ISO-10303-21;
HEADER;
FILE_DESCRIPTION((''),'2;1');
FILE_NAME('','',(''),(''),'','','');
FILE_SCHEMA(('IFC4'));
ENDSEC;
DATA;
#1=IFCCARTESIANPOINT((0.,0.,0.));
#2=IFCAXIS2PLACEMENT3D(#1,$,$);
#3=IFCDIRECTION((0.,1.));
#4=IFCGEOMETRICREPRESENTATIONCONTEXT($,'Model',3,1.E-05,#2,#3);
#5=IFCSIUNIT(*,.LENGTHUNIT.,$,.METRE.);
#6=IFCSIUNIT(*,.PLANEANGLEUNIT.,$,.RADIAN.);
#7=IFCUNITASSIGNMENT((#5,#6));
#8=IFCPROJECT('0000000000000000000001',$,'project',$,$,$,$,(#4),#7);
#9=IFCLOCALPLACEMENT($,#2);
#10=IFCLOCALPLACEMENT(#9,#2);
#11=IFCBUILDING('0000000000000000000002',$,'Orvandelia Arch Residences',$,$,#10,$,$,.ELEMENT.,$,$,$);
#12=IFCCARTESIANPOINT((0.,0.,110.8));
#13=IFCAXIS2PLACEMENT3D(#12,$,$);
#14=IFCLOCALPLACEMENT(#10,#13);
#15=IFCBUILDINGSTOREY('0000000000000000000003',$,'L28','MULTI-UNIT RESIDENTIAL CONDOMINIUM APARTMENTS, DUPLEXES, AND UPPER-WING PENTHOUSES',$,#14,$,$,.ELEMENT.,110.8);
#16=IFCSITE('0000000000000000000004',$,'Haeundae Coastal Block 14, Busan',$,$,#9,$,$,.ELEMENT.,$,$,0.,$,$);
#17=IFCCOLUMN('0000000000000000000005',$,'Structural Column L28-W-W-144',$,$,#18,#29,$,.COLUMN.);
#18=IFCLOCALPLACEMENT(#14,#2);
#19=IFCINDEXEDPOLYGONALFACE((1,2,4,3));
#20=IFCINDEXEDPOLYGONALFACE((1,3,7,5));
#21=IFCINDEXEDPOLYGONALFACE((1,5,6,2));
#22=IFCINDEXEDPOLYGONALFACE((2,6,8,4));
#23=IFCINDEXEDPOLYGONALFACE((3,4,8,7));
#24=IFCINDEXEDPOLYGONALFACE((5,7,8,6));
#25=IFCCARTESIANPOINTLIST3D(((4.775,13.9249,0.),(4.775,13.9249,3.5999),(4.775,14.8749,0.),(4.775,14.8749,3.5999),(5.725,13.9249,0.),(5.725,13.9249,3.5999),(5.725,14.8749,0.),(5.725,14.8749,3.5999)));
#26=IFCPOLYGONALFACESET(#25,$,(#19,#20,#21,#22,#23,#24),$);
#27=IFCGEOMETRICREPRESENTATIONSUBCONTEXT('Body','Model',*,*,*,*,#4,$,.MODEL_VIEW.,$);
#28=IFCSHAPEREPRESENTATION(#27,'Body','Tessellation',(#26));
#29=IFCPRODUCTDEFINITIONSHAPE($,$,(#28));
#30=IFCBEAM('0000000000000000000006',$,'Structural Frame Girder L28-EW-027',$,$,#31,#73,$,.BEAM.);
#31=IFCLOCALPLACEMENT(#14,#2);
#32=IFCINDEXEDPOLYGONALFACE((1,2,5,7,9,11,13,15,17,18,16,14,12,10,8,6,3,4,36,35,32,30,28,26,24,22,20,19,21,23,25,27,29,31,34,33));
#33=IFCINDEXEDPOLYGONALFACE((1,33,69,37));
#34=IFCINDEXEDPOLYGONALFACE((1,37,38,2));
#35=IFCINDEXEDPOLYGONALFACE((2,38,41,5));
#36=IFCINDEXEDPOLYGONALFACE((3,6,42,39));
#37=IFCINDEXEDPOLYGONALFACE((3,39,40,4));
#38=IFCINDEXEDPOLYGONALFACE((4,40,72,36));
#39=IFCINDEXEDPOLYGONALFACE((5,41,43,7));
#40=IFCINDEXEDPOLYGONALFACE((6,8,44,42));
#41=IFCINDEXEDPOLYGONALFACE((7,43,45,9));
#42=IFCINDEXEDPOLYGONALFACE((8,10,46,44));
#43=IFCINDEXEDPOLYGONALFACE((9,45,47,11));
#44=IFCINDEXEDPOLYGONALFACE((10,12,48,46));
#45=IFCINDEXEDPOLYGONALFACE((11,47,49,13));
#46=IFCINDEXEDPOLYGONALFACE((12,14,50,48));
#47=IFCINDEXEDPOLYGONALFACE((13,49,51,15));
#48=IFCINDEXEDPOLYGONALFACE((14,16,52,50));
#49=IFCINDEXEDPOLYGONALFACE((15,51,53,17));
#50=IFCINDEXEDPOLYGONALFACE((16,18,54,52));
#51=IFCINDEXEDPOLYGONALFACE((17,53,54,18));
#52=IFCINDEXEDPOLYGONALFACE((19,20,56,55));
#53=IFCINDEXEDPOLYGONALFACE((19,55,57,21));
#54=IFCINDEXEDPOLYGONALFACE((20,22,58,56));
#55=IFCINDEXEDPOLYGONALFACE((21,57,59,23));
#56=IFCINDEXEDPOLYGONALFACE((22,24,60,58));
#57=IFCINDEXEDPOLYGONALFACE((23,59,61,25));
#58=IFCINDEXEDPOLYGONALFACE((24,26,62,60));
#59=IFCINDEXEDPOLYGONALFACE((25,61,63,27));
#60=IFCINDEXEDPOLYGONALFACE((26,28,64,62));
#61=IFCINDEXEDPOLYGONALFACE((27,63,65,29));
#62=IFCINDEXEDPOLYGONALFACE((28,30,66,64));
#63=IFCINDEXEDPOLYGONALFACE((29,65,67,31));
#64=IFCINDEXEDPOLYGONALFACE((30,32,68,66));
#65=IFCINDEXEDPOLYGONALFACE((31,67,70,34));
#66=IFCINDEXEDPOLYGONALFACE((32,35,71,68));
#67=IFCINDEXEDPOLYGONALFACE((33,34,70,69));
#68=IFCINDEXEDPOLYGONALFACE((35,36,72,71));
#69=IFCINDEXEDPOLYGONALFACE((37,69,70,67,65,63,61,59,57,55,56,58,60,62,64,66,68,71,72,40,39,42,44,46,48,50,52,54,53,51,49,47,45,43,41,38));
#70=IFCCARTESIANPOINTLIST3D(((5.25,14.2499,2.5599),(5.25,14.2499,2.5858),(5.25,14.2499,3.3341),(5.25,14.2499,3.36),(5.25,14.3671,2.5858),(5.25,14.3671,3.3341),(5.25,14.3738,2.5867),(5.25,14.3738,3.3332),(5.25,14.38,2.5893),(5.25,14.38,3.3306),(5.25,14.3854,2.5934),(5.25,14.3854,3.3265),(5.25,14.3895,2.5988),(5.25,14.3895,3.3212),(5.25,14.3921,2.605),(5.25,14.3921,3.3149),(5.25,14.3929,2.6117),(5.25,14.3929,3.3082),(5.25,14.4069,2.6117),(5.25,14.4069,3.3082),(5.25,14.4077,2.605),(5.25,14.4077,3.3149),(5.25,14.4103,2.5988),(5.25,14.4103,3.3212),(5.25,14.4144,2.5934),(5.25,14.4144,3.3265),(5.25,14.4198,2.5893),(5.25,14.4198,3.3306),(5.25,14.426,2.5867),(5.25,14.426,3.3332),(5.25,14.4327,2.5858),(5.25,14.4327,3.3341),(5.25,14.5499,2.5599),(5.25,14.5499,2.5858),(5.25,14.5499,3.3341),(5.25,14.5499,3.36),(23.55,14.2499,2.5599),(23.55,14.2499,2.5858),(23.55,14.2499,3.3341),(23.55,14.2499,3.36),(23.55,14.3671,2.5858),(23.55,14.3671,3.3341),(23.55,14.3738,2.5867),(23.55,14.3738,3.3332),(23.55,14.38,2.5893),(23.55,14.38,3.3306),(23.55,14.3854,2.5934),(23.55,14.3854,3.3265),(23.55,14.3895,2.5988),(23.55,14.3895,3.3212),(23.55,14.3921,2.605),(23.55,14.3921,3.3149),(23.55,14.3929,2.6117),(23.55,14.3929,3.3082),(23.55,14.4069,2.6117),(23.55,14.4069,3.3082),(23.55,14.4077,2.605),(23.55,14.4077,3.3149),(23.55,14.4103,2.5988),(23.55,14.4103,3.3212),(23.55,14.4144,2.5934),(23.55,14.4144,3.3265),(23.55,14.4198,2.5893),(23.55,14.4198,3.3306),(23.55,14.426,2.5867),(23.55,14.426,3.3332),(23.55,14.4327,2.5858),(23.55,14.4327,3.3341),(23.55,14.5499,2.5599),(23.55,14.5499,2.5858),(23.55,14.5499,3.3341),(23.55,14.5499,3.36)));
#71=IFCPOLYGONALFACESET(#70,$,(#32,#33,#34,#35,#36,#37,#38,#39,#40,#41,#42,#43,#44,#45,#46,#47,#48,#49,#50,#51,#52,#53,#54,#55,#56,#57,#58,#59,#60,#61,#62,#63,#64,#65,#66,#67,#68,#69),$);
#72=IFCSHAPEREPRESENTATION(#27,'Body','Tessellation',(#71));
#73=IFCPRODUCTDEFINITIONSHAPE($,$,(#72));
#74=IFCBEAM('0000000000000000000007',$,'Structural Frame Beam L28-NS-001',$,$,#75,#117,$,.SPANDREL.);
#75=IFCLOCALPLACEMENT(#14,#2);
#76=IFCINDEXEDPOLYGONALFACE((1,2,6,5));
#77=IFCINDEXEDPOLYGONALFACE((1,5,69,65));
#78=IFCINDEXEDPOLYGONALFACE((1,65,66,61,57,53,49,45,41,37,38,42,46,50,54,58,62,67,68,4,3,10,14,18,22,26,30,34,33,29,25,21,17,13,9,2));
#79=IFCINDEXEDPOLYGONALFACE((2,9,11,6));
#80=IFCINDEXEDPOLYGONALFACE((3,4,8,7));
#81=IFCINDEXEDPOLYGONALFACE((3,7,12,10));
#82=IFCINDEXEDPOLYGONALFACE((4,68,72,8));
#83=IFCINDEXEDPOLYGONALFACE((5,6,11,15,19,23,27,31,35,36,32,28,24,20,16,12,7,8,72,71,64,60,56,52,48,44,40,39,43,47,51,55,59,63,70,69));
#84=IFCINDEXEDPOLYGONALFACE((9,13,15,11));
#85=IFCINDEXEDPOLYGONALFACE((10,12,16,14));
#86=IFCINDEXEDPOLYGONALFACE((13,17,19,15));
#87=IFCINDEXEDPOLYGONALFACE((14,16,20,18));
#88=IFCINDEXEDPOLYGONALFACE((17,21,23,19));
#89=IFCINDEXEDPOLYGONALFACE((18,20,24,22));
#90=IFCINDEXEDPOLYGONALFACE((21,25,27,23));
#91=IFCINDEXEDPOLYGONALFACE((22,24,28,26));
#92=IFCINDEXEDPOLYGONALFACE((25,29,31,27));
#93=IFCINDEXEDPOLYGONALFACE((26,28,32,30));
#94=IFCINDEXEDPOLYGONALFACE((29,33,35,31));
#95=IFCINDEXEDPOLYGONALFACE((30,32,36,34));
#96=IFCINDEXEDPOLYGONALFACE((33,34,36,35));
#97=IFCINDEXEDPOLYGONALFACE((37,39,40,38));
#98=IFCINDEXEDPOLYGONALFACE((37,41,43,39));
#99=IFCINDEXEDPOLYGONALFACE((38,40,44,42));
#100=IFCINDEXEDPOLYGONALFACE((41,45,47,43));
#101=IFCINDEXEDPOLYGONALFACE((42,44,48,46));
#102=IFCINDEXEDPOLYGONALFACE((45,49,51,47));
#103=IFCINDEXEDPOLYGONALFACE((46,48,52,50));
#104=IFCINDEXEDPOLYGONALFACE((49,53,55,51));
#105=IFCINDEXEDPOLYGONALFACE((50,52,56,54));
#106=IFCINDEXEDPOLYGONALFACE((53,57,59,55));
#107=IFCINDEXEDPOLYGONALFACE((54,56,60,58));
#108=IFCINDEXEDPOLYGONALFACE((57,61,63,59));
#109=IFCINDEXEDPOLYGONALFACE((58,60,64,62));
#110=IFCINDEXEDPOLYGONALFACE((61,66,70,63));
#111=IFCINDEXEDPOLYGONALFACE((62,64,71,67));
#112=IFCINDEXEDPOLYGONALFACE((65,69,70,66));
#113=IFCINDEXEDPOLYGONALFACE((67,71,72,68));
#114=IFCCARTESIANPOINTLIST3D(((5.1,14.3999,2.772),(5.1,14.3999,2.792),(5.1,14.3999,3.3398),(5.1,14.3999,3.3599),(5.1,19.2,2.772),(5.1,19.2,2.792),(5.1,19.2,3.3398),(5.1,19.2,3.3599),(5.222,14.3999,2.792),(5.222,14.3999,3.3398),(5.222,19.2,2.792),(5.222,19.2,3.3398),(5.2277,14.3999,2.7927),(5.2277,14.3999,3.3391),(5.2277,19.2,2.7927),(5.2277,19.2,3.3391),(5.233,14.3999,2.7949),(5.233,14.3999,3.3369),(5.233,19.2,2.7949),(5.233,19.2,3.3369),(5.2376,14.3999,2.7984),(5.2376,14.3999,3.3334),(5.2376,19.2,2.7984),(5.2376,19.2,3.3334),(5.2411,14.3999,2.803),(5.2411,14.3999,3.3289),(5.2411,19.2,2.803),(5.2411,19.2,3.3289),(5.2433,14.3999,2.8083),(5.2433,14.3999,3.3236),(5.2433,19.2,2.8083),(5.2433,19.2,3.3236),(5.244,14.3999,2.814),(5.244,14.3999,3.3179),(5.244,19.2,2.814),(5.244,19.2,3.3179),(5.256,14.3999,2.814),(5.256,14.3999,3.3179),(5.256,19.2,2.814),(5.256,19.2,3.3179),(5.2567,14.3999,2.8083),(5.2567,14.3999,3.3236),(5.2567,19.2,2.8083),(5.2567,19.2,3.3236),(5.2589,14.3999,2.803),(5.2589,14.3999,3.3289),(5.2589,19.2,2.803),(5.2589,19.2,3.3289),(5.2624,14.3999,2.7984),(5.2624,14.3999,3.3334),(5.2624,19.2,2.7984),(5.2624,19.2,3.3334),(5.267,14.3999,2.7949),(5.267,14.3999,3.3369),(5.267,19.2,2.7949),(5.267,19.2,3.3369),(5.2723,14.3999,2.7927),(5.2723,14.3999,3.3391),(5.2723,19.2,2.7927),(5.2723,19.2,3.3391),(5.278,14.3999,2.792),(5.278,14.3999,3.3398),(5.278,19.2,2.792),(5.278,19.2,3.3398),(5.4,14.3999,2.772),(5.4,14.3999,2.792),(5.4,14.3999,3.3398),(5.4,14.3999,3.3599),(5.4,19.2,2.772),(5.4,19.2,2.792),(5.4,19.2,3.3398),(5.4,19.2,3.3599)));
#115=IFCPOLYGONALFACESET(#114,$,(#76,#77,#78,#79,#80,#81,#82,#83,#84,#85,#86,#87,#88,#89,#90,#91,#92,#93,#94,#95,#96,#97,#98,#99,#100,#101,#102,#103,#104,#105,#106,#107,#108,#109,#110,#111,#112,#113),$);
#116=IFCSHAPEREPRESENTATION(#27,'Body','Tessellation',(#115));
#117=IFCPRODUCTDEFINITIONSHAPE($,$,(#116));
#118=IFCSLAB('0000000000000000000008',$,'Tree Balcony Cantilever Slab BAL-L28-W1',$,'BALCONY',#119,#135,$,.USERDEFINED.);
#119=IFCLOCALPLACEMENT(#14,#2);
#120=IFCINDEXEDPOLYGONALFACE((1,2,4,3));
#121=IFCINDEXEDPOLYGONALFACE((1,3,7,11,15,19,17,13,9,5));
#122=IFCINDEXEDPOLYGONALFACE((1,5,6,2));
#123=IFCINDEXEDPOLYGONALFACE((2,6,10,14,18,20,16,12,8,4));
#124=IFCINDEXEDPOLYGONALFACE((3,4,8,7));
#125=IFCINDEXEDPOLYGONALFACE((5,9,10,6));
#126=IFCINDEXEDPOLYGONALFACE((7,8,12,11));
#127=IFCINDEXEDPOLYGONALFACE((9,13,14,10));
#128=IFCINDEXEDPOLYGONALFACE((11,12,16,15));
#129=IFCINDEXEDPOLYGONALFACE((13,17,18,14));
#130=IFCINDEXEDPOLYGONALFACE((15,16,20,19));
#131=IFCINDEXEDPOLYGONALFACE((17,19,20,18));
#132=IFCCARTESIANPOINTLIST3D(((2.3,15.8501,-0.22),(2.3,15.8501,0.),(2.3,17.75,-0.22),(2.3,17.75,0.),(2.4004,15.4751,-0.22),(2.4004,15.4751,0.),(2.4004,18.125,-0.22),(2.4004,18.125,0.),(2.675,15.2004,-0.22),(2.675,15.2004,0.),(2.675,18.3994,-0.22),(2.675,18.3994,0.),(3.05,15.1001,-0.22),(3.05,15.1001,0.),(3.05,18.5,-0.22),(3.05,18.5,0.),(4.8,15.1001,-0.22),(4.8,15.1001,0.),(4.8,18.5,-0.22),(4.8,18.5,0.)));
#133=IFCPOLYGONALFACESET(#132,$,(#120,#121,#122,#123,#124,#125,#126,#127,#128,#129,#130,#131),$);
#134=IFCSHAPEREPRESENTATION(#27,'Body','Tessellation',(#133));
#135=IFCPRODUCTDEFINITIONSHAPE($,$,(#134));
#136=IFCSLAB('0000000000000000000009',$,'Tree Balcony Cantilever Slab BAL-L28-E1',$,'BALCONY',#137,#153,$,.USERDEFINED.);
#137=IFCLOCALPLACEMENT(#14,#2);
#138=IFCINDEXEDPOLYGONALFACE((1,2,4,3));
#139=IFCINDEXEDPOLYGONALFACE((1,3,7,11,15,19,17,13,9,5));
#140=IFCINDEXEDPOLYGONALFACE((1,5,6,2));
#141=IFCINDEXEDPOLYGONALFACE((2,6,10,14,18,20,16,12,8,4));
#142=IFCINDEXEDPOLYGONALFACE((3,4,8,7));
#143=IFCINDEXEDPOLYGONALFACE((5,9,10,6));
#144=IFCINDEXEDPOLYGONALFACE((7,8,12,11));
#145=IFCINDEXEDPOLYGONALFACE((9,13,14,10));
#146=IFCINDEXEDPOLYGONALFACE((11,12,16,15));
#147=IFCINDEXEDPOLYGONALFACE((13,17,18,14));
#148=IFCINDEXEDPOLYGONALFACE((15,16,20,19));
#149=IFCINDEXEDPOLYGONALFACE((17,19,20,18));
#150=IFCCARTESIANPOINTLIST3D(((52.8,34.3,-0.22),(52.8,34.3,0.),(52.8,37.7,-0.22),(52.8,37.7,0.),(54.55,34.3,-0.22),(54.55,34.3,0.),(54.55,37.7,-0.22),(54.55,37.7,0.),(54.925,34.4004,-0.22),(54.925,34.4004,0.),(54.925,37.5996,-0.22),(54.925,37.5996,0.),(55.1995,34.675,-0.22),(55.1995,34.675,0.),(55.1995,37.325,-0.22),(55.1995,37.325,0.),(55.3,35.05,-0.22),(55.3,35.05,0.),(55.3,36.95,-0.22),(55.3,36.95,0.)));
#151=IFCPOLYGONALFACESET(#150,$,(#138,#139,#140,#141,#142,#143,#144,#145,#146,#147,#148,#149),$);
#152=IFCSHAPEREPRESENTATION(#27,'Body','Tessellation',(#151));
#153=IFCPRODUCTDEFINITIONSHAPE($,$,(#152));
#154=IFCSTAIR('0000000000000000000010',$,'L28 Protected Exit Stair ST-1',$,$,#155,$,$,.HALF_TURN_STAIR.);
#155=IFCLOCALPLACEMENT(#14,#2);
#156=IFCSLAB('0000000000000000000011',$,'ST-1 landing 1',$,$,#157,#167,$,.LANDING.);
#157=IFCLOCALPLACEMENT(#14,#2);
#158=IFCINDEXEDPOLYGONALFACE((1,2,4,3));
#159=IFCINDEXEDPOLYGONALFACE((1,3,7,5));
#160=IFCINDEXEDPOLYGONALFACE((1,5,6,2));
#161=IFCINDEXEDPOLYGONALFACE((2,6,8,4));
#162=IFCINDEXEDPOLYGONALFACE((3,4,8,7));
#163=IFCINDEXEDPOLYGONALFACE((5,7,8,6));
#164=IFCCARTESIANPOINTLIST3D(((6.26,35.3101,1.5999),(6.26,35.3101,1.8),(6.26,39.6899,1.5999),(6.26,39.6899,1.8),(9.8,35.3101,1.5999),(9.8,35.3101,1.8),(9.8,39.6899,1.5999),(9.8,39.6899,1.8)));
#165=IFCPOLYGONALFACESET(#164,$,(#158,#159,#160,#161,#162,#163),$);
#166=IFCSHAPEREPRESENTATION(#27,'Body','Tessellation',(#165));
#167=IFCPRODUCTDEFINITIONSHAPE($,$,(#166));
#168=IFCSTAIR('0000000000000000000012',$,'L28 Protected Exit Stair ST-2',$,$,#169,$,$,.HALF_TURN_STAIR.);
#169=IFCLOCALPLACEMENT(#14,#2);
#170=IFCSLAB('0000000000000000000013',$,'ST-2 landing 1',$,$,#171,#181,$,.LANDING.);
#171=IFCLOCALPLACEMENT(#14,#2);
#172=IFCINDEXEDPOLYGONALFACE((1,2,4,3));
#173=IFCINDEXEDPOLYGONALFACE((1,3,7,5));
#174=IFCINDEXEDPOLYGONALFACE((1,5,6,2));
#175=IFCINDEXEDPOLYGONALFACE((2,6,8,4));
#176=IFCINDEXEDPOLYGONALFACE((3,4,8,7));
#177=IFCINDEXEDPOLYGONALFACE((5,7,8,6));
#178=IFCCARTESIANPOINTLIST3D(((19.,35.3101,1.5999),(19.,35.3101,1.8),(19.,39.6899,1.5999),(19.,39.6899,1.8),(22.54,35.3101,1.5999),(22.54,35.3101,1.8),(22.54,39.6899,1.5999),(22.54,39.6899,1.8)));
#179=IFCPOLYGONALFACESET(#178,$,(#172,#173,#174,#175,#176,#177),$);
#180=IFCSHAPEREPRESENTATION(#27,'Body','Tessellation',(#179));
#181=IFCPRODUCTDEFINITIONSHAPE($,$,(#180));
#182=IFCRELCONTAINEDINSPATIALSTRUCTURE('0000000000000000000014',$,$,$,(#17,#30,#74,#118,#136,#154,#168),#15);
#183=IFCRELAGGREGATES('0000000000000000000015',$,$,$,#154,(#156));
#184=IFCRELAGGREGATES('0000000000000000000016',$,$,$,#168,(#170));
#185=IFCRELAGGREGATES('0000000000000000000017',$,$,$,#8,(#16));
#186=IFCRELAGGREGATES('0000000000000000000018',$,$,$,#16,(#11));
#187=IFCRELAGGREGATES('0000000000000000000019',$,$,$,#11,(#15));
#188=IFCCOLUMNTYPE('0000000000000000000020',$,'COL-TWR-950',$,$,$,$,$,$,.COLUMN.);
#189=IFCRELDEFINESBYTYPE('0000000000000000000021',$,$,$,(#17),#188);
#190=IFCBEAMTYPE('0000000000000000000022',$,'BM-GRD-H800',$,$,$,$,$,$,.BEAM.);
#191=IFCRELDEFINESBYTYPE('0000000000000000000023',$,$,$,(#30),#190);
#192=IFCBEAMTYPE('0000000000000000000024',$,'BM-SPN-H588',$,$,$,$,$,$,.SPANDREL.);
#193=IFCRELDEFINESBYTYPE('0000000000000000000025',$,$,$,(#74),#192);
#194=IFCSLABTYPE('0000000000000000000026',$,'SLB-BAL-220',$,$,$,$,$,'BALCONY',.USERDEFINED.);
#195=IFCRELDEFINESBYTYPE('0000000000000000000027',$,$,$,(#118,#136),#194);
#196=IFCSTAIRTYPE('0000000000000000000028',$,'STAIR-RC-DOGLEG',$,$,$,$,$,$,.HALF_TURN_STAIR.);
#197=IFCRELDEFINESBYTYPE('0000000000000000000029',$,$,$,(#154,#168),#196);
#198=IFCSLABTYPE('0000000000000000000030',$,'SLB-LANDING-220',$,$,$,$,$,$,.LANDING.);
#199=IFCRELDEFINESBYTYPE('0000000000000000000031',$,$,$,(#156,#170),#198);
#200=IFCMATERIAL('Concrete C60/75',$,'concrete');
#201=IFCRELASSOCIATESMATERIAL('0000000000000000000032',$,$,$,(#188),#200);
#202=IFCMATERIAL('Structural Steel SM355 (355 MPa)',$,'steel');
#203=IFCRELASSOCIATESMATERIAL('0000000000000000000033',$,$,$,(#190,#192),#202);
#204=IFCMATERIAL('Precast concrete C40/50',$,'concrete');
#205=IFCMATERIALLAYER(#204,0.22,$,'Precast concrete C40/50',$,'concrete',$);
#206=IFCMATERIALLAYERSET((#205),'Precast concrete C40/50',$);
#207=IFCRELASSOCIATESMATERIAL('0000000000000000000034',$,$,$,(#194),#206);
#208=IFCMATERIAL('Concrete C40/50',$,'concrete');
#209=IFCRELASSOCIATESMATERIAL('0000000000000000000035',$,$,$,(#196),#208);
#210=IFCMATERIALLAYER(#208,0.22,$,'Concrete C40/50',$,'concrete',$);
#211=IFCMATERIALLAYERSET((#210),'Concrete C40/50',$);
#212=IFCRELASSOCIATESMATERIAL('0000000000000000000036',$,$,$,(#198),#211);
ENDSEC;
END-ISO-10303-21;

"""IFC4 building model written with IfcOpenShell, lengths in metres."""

from ifc_helpers import new_model, si_unit, direction, frame, origin, origin_2d, place, context, subcontext, project, spatial, polyline, rectangle, i_section, outline, extrude, material, layer, layer_set, material_profile, profile_set, type_object, element, aggregate, save


model = new_model("IFC4")

# Units and contexts
model_context = context("Model", 3, precision=1e-05, world=origin(), true_north=direction((0.0, 1.0)))
body_context = subcontext(model_context, "Body", "Model", "MODEL_VIEW")
ifc_project = project(units=[si_unit("LENGTHUNIT", "METRE"), si_unit("PLANEANGLEUNIT", "RADIAN")], contexts=[model_context])

# Site, building, storey
site_placement = place(None, origin())
site = spatial("IfcSite", under=ifc_project, at=site_placement, Name="Haeundae Coastal Block 14, Busan", CompositionType="ELEMENT", RefElevation=0.0)
building_placement = place(site_placement, origin())
building = spatial("IfcBuilding", under=site, at=building_placement, Name="Orvandelia Arch Residences", CompositionType="ELEMENT")
storey_placement = place(building_placement, frame((0.0, 0.0, 110.8)))
storey = spatial("IfcBuildingStorey", under=building, at=storey_placement, Name="L28", Description="MULTI-UNIT RESIDENTIAL CONDOMINIUM APARTMENTS, DUPLEXES, AND UPPER-WING PENTHOUSES", CompositionType="ELEMENT", Elevation=110.8)

# Column
ifc_material_1 = material(Name="Concrete C60/75", Category="concrete")
ifc_material_profile_1 = material_profile(ifc_material_1, rectangle(XDim=0.95, YDim=0.95, at=origin_2d()), Name="Concrete C60/75", Category="concrete")
ifc_profile_set_1 = profile_set([ifc_material_profile_1], Name="Concrete C60/75")
column_type = type_object("IfcColumnType", Name="COL-TWR-950", PredefinedType="COLUMN", material=ifc_profile_set_1)
column_placement = place(storey_placement, frame((5.25, 14.3999, 0.0), z_axis=(0.0, 0.0, 1.0), x_axis=(1.0, 0.0, 0.0)))
element("IfcColumn", 1, at=column_placement, inside=storey, type_object=column_type, Name="Structural Column L28-W-W-144", PredefinedType="COLUMN", context=body_context, shape_type="SweptSolid", body=[
    extrude(rectangle(XDim=0.95, YDim=0.95, at=origin_2d()), origin(), (0.0, 0.0, 1.0), 3.5999),
])

# Beams
ifc_material_2 = material(Name="Structural Steel SM355 (355 MPa)", Category="steel")
ifc_material_profile_2 = material_profile(ifc_material_2, i_section(OverallWidth=0.3, OverallDepth=0.8, WebThickness=0.0139, FlangeThickness=0.0259, FilletRadius=0.0259, at=origin_2d()), Name="Structural Steel SM355 (355 MPa)", Category="steel")
ifc_profile_set_2 = profile_set([ifc_material_profile_2], Name="Structural Steel SM355 (355 MPa)")
beam_type_1 = type_object("IfcBeamType", Name="BM-GRD-H800", PredefinedType="BEAM", material=ifc_profile_set_2)
beam_1_placement = place(storey_placement, frame((5.25, 14.3999, 2.96), z_axis=(1.0, 0.0, 0.0), x_axis=(0.0, 1.0, 0.0)))
element("IfcBeam", 2, at=beam_1_placement, inside=storey, type_object=beam_type_1, Name="Structural Frame Girder L28-EW-027", PredefinedType="BEAM", context=body_context, shape_type="SweptSolid", body=[
    extrude(i_section(OverallWidth=0.3, OverallDepth=0.8, WebThickness=0.0139, FlangeThickness=0.0259, FilletRadius=0.0259, at=origin_2d()), origin(), (0.0, 0.0, 1.0), 18.3),
])
ifc_material_profile_3 = material_profile(ifc_material_2, i_section(OverallWidth=0.3, OverallDepth=0.5879, WebThickness=0.012, FlangeThickness=0.02, FilletRadius=0.022, at=origin_2d()), Name="Structural Steel SM355 (355 MPa)", Category="steel")
ifc_profile_set_3 = profile_set([ifc_material_profile_3], Name="Structural Steel SM355 (355 MPa)")
beam_type_2 = type_object("IfcBeamType", Name="BM-SPN-H588", PredefinedType="SPANDREL", material=ifc_profile_set_3)
beam_2_placement = place(storey_placement, frame((5.25, 14.3999, 3.0659), z_axis=(0.0, 1.0, 0.0), x_axis=(-1.0, 0.0, 0.0)))
element("IfcBeam", 3, at=beam_2_placement, inside=storey, type_object=beam_type_2, Name="Structural Frame Beam L28-NS-001", PredefinedType="SPANDREL", context=body_context, shape_type="SweptSolid", body=[
    extrude(i_section(OverallWidth=0.3, OverallDepth=0.5879, WebThickness=0.012, FlangeThickness=0.02, FilletRadius=0.022, at=origin_2d()), origin(), (0.0, 0.0, 1.0), 4.8),
])

# Slabs
ifc_material_3 = material(Name="Precast concrete C40/50", Category="concrete")
ifc_layer_1 = layer(ifc_material_3, 0.22, Name="Precast concrete C40/50", Category="concrete")
ifc_layer_set_1 = layer_set([ifc_layer_1], Name="Precast concrete C40/50")
slab_type_1 = type_object("IfcSlabType", Name="SLB-BAL-220", ElementType="BALCONY", PredefinedType="USERDEFINED", material=ifc_layer_set_1)
slab_1_placement = place(storey_placement, frame((0.0, 0.0, -0.22)))
element("IfcSlab", 4, at=slab_1_placement, inside=storey, type_object=slab_type_1, Name="Tree Balcony Cantilever Slab BAL-L28-W1", ObjectType="BALCONY", PredefinedType="USERDEFINED", context=body_context, shape_type="SweptSolid", body=[
    extrude(outline(polyline([(4.8, 15.1001), (4.8, 18.5), (3.05, 18.5), (2.675, 18.3994), (2.4004, 18.125), (2.3, 17.75), (2.3, 15.8501), (2.4004, 15.4751), (2.675, 15.2004), (3.05, 15.1001), (4.8, 15.1001)])), origin(), (0.0, 0.0, 1.0), 0.22),
])
slab_2_placement = place(storey_placement, frame((0.0, 0.0, -0.22)))
element("IfcSlab", 5, at=slab_2_placement, inside=storey, type_object=slab_type_1, Name="Tree Balcony Cantilever Slab BAL-L28-E1", ObjectType="BALCONY", PredefinedType="USERDEFINED", context=body_context, shape_type="SweptSolid", body=[
    extrude(outline(polyline([(52.8, 37.7), (52.8, 34.3), (54.55, 34.3), (54.925, 34.4004), (55.1995, 34.675), (55.3, 35.05), (55.3, 36.95), (55.1995, 37.325), (54.925, 37.5996), (54.55, 37.7), (52.8, 37.7)])), origin(), (0.0, 0.0, 1.0), 0.22),
])

# Stairs, slabs
ifc_material_4 = material(Name="Concrete C40/50", Category="concrete")
stair_type = type_object("IfcStairType", Name="STAIR-RC-DOGLEG", PredefinedType="HALF_TURN_STAIR", material=ifc_material_4)
stair_1_placement = place(storey_placement, origin())
stair_1 = element("IfcStair", 6, at=stair_1_placement, inside=storey, type_object=stair_type, Name="L28 Protected Exit Stair ST-1", PredefinedType="HALF_TURN_STAIR")
ifc_layer_2 = layer(ifc_material_4, 0.22, Name="Concrete C40/50", Category="concrete")
ifc_layer_set_2 = layer_set([ifc_layer_2], Name="Concrete C40/50")
slab_type_2 = type_object("IfcSlabType", Name="SLB-LANDING-220", PredefinedType="LANDING", material=ifc_layer_set_2)
slab_3_placement = place(storey_placement, frame((0.0, 0.0, 1.5999)))
slab_3 = element("IfcSlab", 7, at=slab_3_placement, type_object=slab_type_2, Name="ST-1 landing 1", PredefinedType="LANDING", context=body_context, shape_type="SweptSolid", body=[
    extrude(outline(polyline([(9.8, 35.3101), (9.8, 39.6899), (6.26, 39.6899), (6.26, 35.3101), (9.8, 35.3101)])), origin(), (0.0, 0.0, 1.0), 0.2002),
])
aggregate(stair_1, [slab_3])
stair_2_placement = place(storey_placement, origin())
stair_2 = element("IfcStair", 8, at=stair_2_placement, inside=storey, type_object=stair_type, Name="L28 Protected Exit Stair ST-2", PredefinedType="HALF_TURN_STAIR")
slab_4_placement = place(storey_placement, frame((0.0, 0.0, 1.5999)))
slab_4 = element("IfcSlab", 9, at=slab_4_placement, type_object=slab_type_2, Name="ST-2 landing 1", PredefinedType="LANDING", context=body_context, shape_type="SweptSolid", body=[
    extrude(outline(polyline([(22.54, 35.3101), (22.54, 39.6899), (19.0, 39.6899), (19.0, 35.3101), (22.54, 35.3101)])), origin(), (0.0, 0.0, 1.0), 0.2002),
])
aggregate(stair_2, [slab_4])

save(model, "model.ifc")
